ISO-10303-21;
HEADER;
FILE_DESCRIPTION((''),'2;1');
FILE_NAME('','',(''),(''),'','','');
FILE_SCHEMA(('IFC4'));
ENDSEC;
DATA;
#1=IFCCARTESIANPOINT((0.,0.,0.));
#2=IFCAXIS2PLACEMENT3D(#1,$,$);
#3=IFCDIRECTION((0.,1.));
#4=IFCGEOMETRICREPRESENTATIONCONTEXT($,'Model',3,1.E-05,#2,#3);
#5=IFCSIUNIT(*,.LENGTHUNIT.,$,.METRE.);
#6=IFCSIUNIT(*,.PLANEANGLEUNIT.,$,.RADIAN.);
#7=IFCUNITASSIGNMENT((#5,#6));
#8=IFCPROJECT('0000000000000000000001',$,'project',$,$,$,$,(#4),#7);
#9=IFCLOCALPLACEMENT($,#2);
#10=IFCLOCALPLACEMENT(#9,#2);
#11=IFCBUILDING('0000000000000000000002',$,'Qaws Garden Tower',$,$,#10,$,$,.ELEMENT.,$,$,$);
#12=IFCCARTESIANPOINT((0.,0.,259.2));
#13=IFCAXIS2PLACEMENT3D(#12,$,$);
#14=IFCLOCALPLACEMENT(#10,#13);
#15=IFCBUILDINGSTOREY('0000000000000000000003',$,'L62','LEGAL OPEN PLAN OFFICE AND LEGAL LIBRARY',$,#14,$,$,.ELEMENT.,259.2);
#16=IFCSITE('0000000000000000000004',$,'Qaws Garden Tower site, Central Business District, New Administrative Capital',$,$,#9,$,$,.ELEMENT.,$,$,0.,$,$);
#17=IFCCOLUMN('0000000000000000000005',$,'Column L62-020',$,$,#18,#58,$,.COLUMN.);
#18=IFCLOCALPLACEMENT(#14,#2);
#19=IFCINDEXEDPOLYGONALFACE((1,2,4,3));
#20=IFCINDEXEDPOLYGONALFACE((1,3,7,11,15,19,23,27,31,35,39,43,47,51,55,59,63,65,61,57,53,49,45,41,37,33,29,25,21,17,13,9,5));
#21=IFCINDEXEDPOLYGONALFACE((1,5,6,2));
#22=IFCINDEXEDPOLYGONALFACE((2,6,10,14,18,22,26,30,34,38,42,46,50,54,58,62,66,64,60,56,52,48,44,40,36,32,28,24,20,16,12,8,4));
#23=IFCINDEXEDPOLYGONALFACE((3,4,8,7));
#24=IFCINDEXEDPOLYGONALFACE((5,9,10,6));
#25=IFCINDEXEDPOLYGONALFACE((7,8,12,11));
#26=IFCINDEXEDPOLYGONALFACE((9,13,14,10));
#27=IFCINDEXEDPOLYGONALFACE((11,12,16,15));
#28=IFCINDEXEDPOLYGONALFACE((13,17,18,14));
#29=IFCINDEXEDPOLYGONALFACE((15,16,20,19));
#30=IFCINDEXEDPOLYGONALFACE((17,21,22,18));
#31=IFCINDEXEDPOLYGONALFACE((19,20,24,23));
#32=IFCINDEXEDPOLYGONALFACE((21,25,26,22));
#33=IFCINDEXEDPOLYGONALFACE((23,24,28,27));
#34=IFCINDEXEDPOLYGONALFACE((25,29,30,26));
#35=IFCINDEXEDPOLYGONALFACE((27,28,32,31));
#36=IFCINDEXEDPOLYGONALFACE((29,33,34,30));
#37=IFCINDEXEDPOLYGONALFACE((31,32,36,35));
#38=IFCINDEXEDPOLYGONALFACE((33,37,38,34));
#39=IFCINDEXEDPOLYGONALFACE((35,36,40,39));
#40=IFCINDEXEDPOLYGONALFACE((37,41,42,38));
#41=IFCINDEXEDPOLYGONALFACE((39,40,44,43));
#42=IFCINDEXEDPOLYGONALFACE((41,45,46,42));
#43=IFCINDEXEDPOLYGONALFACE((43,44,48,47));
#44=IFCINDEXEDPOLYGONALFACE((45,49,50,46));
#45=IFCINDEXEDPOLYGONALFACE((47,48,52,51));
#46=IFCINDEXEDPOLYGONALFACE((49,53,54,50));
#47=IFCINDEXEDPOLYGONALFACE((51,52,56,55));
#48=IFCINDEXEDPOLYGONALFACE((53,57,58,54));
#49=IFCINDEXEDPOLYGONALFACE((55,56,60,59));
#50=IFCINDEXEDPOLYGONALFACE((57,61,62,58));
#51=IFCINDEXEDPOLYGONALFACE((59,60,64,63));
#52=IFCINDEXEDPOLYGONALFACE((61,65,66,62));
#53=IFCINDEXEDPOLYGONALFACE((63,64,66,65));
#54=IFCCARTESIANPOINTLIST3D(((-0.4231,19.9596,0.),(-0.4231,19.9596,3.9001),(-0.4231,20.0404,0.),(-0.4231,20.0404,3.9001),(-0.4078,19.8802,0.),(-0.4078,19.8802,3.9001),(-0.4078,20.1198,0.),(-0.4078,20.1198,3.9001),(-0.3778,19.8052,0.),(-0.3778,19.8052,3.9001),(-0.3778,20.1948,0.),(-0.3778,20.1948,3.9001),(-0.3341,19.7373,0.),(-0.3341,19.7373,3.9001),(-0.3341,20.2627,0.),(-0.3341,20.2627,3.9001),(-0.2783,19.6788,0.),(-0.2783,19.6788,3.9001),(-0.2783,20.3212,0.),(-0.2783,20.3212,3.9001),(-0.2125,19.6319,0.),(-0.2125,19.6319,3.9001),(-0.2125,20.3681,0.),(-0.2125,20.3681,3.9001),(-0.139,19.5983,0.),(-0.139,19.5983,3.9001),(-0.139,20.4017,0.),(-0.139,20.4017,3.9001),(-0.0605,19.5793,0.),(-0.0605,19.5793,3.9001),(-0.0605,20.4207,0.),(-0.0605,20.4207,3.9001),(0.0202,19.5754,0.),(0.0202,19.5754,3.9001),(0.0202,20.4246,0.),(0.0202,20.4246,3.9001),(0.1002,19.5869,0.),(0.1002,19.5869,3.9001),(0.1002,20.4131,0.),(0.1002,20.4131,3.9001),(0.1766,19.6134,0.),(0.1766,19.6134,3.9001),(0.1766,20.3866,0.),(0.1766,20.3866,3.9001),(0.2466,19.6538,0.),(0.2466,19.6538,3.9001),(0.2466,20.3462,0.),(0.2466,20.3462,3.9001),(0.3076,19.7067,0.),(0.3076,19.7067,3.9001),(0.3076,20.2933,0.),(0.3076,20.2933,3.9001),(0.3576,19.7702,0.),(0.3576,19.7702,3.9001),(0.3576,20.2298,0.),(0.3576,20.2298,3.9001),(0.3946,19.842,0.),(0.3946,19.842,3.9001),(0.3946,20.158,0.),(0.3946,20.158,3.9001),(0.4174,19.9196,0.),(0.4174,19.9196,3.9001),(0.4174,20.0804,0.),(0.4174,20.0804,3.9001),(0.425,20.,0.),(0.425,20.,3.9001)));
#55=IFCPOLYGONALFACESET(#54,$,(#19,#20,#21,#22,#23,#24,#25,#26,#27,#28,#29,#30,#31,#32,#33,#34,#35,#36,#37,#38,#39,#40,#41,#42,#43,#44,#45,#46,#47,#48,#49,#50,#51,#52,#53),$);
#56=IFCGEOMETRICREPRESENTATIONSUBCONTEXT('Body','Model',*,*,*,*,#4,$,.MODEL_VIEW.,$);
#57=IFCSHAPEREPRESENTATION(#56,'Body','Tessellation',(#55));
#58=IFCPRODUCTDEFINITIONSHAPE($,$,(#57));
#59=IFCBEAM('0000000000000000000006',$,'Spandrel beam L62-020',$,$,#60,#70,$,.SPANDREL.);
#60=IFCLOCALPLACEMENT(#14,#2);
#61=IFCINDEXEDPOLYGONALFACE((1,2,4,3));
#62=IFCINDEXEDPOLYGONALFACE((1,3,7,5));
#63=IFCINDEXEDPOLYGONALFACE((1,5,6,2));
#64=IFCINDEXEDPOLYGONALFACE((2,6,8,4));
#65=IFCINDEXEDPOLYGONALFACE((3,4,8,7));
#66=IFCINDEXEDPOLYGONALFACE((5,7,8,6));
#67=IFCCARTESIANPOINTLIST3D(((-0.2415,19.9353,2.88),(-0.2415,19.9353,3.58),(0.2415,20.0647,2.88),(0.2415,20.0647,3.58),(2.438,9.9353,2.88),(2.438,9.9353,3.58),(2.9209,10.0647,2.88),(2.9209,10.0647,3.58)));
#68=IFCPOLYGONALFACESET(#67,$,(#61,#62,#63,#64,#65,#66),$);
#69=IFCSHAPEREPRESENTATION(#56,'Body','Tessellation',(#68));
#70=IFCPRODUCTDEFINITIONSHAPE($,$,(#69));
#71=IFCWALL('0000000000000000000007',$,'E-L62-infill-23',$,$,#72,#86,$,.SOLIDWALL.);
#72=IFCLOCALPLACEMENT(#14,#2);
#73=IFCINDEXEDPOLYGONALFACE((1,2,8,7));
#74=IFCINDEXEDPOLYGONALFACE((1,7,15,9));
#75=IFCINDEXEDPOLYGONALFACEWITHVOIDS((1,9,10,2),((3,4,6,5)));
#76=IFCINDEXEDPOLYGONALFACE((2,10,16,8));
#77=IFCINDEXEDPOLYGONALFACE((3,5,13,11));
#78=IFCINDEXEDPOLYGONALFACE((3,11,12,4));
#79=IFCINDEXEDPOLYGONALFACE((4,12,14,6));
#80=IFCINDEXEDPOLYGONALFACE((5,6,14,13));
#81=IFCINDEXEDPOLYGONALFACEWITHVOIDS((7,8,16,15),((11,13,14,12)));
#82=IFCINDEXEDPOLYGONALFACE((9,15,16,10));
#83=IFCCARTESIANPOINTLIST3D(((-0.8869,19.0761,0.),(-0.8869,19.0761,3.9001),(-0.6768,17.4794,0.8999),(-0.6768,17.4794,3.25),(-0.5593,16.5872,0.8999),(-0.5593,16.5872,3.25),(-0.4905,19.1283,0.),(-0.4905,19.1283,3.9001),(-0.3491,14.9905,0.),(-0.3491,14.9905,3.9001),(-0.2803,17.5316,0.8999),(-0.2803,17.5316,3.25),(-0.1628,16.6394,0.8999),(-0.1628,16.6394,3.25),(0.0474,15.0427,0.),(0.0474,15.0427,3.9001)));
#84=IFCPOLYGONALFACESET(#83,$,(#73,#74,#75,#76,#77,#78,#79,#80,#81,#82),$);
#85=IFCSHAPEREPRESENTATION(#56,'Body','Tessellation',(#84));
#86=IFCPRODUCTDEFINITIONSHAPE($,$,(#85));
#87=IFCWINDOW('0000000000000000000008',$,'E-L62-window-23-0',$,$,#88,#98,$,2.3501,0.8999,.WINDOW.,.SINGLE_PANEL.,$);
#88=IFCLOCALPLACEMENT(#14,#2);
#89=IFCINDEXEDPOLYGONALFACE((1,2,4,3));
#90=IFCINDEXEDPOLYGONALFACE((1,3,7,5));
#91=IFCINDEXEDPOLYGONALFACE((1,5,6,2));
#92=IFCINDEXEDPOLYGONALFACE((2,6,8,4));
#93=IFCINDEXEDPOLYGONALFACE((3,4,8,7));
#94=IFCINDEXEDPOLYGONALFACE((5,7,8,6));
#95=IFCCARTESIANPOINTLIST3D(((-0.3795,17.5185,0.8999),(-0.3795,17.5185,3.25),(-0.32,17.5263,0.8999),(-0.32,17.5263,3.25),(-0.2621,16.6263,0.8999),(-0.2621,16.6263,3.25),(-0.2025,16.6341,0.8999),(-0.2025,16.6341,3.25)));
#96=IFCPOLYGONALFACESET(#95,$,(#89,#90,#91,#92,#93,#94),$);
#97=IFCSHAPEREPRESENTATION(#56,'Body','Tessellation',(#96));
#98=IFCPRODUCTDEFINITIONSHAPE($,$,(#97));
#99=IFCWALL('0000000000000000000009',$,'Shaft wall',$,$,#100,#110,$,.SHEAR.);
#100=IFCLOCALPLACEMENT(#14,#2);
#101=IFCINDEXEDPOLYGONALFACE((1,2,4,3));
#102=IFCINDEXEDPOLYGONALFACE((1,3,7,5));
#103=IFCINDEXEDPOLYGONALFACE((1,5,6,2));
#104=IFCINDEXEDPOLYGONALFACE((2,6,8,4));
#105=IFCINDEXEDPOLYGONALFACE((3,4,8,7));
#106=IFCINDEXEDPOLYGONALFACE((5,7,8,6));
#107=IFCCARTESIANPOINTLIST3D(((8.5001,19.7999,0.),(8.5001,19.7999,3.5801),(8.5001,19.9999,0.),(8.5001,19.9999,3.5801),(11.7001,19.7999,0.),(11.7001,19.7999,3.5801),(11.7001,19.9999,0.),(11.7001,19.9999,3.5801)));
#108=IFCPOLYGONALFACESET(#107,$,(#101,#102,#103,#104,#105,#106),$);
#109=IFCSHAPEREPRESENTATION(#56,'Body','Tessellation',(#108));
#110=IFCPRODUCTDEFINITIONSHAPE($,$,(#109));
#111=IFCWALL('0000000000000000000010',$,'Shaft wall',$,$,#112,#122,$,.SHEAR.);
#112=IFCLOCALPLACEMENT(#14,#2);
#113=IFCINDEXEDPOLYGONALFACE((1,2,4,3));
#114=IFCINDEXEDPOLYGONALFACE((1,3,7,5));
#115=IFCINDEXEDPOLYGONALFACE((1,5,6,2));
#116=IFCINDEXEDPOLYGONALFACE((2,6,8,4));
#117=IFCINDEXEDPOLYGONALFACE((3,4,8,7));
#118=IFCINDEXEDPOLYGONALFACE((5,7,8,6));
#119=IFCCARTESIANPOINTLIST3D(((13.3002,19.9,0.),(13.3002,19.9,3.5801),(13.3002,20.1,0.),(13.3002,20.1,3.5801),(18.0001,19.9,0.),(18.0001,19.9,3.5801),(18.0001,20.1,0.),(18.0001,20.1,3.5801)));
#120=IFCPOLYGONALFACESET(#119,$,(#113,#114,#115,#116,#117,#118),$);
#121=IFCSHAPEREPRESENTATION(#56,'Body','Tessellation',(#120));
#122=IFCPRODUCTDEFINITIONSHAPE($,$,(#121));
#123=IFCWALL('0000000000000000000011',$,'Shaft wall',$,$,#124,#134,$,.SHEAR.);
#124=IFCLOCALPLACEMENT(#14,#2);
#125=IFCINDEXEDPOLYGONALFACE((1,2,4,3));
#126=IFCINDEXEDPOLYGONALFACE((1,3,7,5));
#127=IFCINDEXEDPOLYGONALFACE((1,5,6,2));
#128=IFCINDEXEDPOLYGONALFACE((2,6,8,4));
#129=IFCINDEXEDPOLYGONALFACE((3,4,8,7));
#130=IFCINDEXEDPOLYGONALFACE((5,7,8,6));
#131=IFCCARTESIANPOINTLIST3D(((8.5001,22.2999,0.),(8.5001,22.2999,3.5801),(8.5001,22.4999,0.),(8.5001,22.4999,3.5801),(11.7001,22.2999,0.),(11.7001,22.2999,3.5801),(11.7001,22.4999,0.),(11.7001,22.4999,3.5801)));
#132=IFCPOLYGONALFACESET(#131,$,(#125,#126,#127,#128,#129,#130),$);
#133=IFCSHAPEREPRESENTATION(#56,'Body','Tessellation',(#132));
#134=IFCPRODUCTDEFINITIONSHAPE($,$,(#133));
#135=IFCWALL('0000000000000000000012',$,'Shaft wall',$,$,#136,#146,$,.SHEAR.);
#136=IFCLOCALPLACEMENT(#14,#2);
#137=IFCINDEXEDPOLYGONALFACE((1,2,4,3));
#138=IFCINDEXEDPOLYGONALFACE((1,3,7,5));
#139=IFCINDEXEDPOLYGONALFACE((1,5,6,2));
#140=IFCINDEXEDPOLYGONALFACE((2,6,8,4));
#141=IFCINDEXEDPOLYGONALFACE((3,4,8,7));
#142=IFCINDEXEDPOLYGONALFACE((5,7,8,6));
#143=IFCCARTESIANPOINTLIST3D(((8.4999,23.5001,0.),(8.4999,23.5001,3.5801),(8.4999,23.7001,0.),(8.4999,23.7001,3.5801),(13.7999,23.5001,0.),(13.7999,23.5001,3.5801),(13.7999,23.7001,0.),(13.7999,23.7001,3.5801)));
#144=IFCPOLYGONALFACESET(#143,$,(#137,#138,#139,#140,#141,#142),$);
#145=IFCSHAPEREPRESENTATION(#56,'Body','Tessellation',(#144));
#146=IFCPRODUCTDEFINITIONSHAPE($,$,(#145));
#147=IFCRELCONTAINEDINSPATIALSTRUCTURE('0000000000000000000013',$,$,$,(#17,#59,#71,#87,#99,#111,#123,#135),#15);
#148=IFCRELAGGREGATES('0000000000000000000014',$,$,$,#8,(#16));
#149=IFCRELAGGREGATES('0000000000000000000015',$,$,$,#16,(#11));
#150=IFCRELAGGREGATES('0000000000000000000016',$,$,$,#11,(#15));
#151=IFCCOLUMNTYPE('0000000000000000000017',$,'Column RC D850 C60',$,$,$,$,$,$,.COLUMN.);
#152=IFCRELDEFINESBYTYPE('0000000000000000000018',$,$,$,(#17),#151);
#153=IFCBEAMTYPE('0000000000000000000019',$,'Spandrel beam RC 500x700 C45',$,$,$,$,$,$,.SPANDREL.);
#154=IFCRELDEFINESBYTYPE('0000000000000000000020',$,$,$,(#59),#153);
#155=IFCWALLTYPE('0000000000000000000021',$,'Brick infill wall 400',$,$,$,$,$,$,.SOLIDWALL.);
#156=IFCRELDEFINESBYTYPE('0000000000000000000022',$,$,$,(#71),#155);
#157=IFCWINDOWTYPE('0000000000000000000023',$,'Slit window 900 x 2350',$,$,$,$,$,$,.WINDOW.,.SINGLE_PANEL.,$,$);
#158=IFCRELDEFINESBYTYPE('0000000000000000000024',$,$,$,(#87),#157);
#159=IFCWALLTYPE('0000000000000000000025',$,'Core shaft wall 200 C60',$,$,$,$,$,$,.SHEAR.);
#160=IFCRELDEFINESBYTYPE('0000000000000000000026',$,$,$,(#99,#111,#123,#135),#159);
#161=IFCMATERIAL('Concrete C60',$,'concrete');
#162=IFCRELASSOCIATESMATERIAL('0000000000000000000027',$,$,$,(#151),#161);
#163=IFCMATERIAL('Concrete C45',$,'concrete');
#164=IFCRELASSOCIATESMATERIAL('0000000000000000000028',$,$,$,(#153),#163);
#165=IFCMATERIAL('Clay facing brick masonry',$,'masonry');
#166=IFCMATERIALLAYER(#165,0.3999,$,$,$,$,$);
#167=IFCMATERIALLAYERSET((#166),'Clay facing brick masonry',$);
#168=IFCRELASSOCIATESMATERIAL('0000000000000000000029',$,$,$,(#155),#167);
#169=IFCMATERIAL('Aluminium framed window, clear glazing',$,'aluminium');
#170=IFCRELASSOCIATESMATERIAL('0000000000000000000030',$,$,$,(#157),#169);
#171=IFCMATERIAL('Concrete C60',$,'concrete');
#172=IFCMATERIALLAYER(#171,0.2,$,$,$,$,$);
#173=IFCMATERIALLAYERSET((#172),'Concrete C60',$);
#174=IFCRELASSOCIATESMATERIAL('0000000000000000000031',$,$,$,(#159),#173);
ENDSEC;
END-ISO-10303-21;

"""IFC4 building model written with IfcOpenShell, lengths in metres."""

from ifc_helpers import new_model, si_unit, direction, frame, frame_2d, origin, origin_2d, place, context, subcontext, project, spatial, rectangle, circle, extrude, material, layer, layer_set, material_profile, profile_set, type_object, element, fill, save


model = new_model("IFC4")

# Units and contexts
model_context = context("Model", 3, precision=1e-05, world=origin(), true_north=direction((0.0, 1.0)))
body_context = subcontext(model_context, "Body", "Model", "MODEL_VIEW")
ifc_project = project(units=[si_unit("LENGTHUNIT", "METRE"), si_unit("PLANEANGLEUNIT", "RADIAN")], contexts=[model_context])

# Site, building, storey
site_placement = place(None, origin())
site = spatial("IfcSite", under=ifc_project, at=site_placement, Name="Qaws Garden Tower site, Central Business District, New Administrative Capital", CompositionType="ELEMENT", RefElevation=0.0)
building_placement = place(site_placement, origin())
building = spatial("IfcBuilding", under=site, at=building_placement, Name="Qaws Garden Tower", CompositionType="ELEMENT")
storey_placement = place(building_placement, frame((0.0, 0.0, 259.2)))
storey = spatial("IfcBuildingStorey", under=building, at=storey_placement, Name="L62", Description="LEGAL OPEN PLAN OFFICE AND LEGAL LIBRARY", CompositionType="ELEMENT", Elevation=259.2)

# Column
ifc_material_1 = material(Name="Concrete C60", Category="concrete")
ifc_material_profile_1 = material_profile(ifc_material_1, circle(Radius=0.425, at=origin_2d()), Name="RC D850")
ifc_profile_set_1 = profile_set([ifc_material_profile_1], Name="Concrete C60")
column_type = type_object("IfcColumnType", Name="Column RC D850 C60", PredefinedType="COLUMN", material=ifc_profile_set_1)
column_placement = place(storey_placement, frame((0.0, 20.0, 0.0), z_axis=(0.0, 0.0, 1.0), x_axis=(1.0, 0.0, 0.0)))
element("IfcColumn", 1, at=column_placement, inside=storey, type_object=column_type, Name="Column L62-020", PredefinedType="COLUMN", context=body_context, shape_type="SweptSolid", body=[
    extrude(circle(Radius=0.425, at=origin_2d()), origin(), (0.0, 0.0, 1.0), 3.9001),
])

# Beam
ifc_material_2 = material(Name="Concrete C45", Category="concrete")
ifc_material_profile_2 = material_profile(ifc_material_2, rectangle(XDim=0.5, YDim=0.7, at=origin_2d()), Name="RC 500x700")
ifc_profile_set_2 = profile_set([ifc_material_profile_2], Name="Concrete C45")
beam_type = type_object("IfcBeamType", Name="Spandrel beam RC 500x700 C45", PredefinedType="SPANDREL", material=ifc_profile_set_2)
beam_placement = place(storey_placement, frame((0.0, 20.0, 3.23), z_axis=(0.258815, -0.965927, 0.0), x_axis=(0.965927, 0.258815, 0.0)))
element("IfcBeam", 2, at=beam_placement, inside=storey, type_object=beam_type, Name="Spandrel beam L62-020", PredefinedType="SPANDREL", context=body_context, shape_type="SweptSolid", body=[
    extrude(rectangle(XDim=0.5, YDim=0.7, at=origin_2d()), origin(), (0.0, 0.0, 1.0), 10.3528),
])

# Wall, opening, window
ifc_material_3 = material(Name="Clay facing brick masonry", Category="masonry")
ifc_layer_1 = layer(ifc_material_3, 0.3999)
ifc_layer_set_1 = layer_set([ifc_layer_1], Name="Clay facing brick masonry")
wall_type_1 = type_object("IfcWallType", Name="Brick infill wall 400", PredefinedType="SOLIDWALL", material=ifc_layer_set_1)
wall_1_placement = place(storey_placement, frame((-0.6887, 19.1023, 0.0), z_axis=(0.0, 0.0, 1.0), x_axis=(0.130514, -0.991446, 0.0)))
wall_1 = element("IfcWall", 3, at=wall_1_placement, inside=storey, type_object=wall_type_1, Name="E-L62-infill-23", PredefinedType="SOLIDWALL", context=body_context, shape_type="SweptSolid", body=[
    extrude(rectangle(XDim=4.1208, YDim=0.3999, at=frame_2d((2.0605, 0.0))), origin(), (0.0, 0.0, 1.0), 3.9001),
])
opening_1_placement = place(wall_1_placement, frame((1.6106, 0.0, 0.8999)))
opening_1 = element("IfcOpeningElement", 4, at=opening_1_placement, cuts=wall_1, PredefinedType="OPENING", context=body_context, shape_type="SweptSolid", body=[
    extrude(rectangle(XDim=0.8999, YDim=2.3501, at=frame_2d((0.45, 1.175))), frame((0.0, 0.21, 0.0), z_axis=(0.0, -1.0, 0.0), x_axis=(1.0, 0.0, 0.0)), (0.0, 0.0, 1.0), 0.4199),
])
ifc_material_4 = material(Name="Aluminium framed window, clear glazing", Category="aluminium")
window_type = type_object("IfcWindowType", Name="Slit window 900 x 2350", PartitioningType="SINGLE_PANEL", PredefinedType="WINDOW", material=ifc_material_4)
window_placement = place(opening_1_placement, origin())
window = element("IfcWindow", 5, at=window_placement, inside=storey, type_object=window_type, Name="E-L62-window-23-0", OverallHeight=2.3501, OverallWidth=0.8999, PartitioningType="SINGLE_PANEL", PredefinedType="WINDOW", context=body_context, shape_type="SweptSolid", body=[
    extrude(rectangle(XDim=0.8999, YDim=2.3501, at=frame_2d((0.45, 1.175))), frame((0.0, 0.1599, 0.0), z_axis=(0.0, -1.0, 0.0), x_axis=(1.0, 0.0, 0.0)), (0.0, 0.0, 1.0), 0.0601),
])
fill(opening_1, window)

# Walls
ifc_material_5 = material(Name="Concrete C60", Category="concrete")
ifc_layer_2 = layer(ifc_material_5, 0.2)
ifc_layer_set_2 = layer_set([ifc_layer_2], Name="Concrete C60")
wall_type_2 = type_object("IfcWallType", Name="Core shaft wall 200 C60", PredefinedType="SHEAR", material=ifc_layer_set_2)
wall_2_placement = place(storey_placement, frame((8.5, 19.8999, 0.0), z_axis=(0.0, 0.0, 1.0), x_axis=(1.0, 0.0, 0.0)))
element("IfcWall", 6, at=wall_2_placement, inside=storey, type_object=wall_type_2, Name="Shaft wall", PredefinedType="SHEAR", context=body_context, shape_type="SweptSolid", body=[
    extrude(rectangle(XDim=3.2, YDim=0.2, at=frame_2d((1.6001, 0.0))), origin(), (0.0, 0.0, 1.0), 3.5801),
])
wall_3_placement = place(storey_placement, frame((13.3, 20.0, 0.0), z_axis=(0.0, 0.0, 1.0), x_axis=(1.0, 0.0, 0.0)))
element("IfcWall", 7, at=wall_3_placement, inside=storey, type_object=wall_type_2, Name="Shaft wall", PredefinedType="SHEAR", context=body_context, shape_type="SweptSolid", body=[
    extrude(rectangle(XDim=4.7, YDim=0.2, at=frame_2d((2.3501, 0.0))), origin(), (0.0, 0.0, 1.0), 3.5801),
])
wall_4_placement = place(storey_placement, frame((8.5, 22.3999, 0.0), z_axis=(0.0, 0.0, 1.0), x_axis=(1.0, 0.0, 0.0)))
element("IfcWall", 8, at=wall_4_placement, inside=storey, type_object=wall_type_2, Name="Shaft wall", PredefinedType="SHEAR", context=body_context, shape_type="SweptSolid", body=[
    extrude(rectangle(XDim=3.2, YDim=0.2, at=frame_2d((1.6001, 0.0))), origin(), (0.0, 0.0, 1.0), 3.5801),
])
wall_5_placement = place(storey_placement, frame((8.5, 23.6001, 0.0), z_axis=(0.0, 0.0, 1.0), x_axis=(1.0, 0.0, 0.0)))
element("IfcWall", 9, at=wall_5_placement, inside=storey, type_object=wall_type_2, Name="Shaft wall", PredefinedType="SHEAR", context=body_context, shape_type="SweptSolid", body=[
    extrude(rectangle(XDim=5.3, YDim=0.2, at=frame_2d((2.6499, 0.0))), origin(), (0.0, 0.0, 1.0), 3.5801),
])

save(model, "model.ifc")
